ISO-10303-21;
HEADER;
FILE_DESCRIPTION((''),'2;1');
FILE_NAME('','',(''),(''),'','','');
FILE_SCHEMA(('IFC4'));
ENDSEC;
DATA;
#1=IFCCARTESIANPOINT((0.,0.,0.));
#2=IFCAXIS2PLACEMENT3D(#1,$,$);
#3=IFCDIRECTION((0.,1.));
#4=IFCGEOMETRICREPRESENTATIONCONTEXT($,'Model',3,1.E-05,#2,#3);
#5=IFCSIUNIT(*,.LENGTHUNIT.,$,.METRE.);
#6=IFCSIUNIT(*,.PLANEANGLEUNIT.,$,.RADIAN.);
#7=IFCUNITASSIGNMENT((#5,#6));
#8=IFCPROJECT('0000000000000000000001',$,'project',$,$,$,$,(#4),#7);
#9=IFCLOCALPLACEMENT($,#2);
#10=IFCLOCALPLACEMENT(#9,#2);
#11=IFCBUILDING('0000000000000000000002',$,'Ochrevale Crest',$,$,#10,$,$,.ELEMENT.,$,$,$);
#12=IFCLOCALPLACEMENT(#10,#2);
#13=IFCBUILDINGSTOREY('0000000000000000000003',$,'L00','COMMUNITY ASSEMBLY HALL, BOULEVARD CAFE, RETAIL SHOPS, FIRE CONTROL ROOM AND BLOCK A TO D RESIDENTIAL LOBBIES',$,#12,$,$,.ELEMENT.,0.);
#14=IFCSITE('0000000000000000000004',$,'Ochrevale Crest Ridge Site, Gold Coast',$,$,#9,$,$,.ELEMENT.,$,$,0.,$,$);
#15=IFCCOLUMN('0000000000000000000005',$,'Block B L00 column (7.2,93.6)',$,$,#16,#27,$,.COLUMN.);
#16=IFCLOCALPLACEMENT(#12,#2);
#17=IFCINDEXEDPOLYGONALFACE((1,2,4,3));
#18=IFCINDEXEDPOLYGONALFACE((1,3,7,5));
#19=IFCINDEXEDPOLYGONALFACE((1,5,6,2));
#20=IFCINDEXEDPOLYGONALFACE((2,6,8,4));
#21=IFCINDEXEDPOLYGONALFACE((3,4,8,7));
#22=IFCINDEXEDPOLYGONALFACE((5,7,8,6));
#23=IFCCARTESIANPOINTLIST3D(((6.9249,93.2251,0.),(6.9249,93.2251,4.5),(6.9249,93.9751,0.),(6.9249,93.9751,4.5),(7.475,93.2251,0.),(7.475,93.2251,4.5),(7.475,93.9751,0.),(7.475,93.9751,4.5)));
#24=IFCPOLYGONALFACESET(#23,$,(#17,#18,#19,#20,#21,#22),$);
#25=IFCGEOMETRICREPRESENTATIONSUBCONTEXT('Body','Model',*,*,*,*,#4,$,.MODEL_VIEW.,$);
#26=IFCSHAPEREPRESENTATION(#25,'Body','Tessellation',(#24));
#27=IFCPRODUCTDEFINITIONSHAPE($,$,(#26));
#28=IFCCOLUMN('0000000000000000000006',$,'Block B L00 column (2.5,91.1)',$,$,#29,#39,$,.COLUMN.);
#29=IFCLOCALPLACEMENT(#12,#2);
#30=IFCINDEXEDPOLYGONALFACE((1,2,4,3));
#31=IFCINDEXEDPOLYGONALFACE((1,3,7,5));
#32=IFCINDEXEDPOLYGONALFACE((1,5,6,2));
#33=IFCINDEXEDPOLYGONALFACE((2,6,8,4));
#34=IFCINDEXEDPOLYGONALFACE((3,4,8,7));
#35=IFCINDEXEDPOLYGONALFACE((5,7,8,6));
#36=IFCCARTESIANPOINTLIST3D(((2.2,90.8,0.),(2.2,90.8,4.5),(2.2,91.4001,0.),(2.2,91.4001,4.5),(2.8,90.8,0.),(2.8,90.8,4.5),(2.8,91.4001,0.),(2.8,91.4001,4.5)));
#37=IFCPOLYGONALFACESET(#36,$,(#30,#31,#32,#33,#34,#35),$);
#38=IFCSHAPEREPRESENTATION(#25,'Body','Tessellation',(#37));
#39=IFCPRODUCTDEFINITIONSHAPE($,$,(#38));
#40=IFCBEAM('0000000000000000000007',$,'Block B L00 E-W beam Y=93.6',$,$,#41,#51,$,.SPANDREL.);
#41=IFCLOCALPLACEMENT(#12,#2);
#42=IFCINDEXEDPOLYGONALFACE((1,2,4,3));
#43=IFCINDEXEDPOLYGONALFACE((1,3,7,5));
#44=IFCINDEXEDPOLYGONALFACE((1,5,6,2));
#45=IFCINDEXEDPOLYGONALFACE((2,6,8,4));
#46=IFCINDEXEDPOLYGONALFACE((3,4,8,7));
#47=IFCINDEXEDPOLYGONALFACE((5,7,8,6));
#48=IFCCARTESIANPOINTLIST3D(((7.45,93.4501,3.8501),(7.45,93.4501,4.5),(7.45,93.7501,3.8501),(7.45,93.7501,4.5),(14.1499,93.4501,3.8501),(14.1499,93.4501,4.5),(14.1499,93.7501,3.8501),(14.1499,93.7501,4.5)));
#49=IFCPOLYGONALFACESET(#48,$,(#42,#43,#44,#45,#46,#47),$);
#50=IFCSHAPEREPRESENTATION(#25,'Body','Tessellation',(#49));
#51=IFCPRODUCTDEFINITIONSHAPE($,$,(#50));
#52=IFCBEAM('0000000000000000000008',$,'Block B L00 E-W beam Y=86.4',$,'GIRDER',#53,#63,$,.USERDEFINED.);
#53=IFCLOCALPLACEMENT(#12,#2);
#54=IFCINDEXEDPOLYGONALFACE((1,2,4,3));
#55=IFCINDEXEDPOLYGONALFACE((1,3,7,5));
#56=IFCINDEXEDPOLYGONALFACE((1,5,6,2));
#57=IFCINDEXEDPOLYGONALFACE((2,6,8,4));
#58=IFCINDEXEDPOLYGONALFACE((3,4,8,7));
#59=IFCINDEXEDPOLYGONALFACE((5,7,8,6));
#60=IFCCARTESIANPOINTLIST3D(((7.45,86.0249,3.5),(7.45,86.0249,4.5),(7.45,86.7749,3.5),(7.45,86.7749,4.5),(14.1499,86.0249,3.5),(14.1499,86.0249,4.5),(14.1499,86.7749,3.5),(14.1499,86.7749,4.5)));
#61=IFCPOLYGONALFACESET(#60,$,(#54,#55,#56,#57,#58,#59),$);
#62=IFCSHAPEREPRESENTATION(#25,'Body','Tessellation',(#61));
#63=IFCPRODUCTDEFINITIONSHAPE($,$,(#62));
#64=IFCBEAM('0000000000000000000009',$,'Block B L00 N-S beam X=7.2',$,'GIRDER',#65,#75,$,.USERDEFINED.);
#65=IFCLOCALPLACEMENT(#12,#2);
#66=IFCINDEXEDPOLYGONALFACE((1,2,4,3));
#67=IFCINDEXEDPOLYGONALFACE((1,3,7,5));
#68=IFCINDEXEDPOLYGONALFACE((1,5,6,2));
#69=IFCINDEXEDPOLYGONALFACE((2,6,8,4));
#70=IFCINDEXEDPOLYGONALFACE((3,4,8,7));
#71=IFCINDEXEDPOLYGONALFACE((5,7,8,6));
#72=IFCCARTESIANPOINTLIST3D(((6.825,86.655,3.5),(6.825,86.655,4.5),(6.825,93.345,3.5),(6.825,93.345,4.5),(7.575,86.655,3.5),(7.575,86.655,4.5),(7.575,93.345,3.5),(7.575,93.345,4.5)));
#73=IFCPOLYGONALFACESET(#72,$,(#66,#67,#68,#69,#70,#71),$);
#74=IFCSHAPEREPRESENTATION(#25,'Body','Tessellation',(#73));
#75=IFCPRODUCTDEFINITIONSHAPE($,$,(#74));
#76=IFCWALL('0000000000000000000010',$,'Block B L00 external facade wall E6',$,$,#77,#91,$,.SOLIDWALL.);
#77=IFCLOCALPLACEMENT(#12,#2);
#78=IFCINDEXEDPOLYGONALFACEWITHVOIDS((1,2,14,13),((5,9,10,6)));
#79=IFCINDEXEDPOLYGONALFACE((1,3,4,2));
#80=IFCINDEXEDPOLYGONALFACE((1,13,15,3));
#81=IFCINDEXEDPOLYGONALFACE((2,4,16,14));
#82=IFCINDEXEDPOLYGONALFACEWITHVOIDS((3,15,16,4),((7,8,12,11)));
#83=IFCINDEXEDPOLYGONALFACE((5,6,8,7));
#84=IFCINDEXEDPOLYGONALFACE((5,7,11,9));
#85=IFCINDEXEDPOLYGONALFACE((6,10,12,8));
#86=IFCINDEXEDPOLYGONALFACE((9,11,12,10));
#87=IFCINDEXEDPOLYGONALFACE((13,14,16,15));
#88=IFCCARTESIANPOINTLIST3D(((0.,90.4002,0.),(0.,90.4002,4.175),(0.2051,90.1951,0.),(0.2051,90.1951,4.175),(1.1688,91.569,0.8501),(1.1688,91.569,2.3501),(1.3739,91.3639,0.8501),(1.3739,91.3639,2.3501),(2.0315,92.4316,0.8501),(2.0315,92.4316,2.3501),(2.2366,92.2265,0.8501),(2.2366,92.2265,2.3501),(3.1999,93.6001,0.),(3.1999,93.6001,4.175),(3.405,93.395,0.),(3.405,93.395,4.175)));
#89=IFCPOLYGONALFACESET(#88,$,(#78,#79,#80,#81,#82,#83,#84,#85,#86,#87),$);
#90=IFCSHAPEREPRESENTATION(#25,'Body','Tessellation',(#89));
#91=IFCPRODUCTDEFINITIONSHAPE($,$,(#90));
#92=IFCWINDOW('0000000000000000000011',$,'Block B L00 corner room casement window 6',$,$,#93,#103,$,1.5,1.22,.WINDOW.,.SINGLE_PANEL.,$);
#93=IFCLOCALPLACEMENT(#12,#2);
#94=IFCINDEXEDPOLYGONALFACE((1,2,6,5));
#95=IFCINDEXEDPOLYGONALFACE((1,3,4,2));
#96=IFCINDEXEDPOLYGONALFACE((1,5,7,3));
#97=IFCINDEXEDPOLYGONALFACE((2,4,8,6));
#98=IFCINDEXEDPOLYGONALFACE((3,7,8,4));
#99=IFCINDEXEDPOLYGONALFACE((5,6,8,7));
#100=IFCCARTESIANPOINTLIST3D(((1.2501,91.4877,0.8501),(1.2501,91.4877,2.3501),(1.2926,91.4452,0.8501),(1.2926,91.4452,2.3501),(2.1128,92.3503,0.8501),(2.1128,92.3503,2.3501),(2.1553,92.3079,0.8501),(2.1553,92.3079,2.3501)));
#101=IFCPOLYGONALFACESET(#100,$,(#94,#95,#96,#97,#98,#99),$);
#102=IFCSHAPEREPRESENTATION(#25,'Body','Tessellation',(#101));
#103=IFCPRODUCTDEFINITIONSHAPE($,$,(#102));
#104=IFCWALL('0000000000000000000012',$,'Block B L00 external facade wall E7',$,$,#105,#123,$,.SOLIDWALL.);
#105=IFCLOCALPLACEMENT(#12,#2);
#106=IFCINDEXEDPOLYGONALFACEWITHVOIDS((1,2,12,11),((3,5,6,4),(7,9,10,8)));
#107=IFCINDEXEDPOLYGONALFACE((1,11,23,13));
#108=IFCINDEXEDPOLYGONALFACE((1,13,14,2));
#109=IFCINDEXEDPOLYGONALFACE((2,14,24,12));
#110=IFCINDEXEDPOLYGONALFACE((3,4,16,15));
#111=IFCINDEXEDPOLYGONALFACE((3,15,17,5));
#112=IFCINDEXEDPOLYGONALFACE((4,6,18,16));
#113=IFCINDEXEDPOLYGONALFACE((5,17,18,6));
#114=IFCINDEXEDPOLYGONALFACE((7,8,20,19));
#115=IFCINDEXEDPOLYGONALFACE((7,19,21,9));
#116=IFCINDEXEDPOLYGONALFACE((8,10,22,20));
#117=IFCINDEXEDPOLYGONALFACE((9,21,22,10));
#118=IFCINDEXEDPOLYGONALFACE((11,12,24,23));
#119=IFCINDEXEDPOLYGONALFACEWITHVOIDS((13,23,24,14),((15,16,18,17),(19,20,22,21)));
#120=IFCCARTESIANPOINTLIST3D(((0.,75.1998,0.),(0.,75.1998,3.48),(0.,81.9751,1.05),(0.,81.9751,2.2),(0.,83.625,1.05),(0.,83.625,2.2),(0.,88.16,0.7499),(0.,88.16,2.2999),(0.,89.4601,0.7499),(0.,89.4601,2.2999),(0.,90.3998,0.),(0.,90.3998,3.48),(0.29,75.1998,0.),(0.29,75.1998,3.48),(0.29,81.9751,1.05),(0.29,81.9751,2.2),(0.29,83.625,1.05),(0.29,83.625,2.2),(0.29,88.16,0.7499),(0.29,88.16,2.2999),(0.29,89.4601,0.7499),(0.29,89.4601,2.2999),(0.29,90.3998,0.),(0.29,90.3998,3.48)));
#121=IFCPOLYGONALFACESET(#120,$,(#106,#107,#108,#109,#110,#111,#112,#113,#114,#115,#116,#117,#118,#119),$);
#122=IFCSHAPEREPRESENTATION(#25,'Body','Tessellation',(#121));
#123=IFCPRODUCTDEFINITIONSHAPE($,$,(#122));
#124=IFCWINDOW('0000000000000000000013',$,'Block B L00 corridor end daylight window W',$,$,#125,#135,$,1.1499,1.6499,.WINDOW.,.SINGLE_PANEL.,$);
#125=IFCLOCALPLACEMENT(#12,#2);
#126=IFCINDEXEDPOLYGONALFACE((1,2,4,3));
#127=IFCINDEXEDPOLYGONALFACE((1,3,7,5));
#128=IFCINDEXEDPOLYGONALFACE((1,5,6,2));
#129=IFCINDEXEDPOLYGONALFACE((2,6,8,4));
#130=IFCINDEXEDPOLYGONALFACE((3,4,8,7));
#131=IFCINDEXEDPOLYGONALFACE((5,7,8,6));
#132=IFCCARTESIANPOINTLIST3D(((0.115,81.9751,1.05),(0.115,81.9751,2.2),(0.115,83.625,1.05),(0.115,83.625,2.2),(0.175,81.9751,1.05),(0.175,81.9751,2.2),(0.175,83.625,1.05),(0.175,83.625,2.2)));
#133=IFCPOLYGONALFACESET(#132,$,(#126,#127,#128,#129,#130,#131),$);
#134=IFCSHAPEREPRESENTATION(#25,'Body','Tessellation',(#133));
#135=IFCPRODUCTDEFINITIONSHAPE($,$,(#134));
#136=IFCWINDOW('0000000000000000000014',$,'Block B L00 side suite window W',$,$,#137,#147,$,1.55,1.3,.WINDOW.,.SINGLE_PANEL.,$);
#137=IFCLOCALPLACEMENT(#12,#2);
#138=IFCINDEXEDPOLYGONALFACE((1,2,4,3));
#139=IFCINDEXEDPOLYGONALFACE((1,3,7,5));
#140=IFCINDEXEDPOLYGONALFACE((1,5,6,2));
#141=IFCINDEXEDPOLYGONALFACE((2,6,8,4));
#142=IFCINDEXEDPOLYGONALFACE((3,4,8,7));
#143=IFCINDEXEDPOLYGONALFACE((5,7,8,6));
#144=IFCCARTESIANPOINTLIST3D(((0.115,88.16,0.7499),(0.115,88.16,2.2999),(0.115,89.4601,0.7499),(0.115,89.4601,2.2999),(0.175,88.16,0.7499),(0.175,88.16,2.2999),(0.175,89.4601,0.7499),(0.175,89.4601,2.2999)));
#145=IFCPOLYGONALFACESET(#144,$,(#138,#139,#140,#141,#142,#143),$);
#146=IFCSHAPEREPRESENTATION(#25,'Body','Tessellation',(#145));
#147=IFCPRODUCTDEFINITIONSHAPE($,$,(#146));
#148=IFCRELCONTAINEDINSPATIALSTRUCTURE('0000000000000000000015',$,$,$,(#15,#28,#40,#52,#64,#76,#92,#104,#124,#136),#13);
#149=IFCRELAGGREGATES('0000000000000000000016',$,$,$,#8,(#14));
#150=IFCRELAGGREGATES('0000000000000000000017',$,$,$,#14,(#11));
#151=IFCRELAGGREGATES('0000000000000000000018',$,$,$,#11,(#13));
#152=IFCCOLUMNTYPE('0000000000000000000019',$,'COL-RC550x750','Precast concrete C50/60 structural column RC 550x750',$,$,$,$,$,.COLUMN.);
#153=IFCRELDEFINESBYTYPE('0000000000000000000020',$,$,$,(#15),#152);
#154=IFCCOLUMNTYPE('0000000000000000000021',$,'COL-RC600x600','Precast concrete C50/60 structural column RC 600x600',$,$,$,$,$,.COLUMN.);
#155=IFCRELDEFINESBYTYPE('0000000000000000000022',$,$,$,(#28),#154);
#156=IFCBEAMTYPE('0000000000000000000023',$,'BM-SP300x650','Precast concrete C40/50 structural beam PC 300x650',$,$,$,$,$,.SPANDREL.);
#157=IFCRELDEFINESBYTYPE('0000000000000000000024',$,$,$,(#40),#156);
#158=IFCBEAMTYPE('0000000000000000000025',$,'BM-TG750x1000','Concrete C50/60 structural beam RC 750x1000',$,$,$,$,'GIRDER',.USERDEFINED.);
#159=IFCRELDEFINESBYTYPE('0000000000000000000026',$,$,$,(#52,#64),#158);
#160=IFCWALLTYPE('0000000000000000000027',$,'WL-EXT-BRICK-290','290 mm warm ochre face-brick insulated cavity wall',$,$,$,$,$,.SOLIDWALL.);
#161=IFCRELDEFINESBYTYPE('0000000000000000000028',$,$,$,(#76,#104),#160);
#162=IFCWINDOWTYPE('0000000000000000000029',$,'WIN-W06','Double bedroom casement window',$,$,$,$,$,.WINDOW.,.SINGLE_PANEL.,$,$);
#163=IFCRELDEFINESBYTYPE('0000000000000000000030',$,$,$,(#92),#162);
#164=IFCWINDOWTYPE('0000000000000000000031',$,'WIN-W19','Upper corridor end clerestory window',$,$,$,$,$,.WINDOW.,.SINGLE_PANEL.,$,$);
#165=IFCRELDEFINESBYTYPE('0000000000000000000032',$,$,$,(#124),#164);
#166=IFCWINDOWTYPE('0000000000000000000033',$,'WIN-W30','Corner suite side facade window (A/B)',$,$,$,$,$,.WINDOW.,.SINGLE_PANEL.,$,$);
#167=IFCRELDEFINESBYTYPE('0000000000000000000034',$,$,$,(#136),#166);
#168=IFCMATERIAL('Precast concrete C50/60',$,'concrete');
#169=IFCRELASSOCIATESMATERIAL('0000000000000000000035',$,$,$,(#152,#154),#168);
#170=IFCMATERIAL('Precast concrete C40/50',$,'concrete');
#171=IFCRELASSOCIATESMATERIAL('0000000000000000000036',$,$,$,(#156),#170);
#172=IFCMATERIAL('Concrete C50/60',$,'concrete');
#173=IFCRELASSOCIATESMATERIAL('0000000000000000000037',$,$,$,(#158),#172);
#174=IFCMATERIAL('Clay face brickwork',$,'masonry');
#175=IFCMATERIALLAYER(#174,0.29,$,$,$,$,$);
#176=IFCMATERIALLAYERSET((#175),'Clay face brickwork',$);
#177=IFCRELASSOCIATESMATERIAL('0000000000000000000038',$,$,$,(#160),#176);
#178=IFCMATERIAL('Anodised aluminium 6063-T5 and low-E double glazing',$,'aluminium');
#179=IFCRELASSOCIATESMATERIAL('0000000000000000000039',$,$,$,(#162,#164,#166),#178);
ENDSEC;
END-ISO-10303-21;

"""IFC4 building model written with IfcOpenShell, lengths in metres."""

from ifc_helpers import new_model, si_unit, direction, frame, frame_2d, origin, origin_2d, place, context, subcontext, project, spatial, rectangle, extrude, material, layer, layer_set, material_profile, profile_set, type_object, element, fill, save


model = new_model("IFC4")

# Units and contexts
model_context = context("Model", 3, precision=1e-05, world=origin(), true_north=direction((0.0, 1.0)))
body_context = subcontext(model_context, "Body", "Model", "MODEL_VIEW")
ifc_project = project(units=[si_unit("LENGTHUNIT", "METRE"), si_unit("PLANEANGLEUNIT", "RADIAN")], contexts=[model_context])

# Site, building, storey
site_placement = place(None, origin())
site = spatial("IfcSite", under=ifc_project, at=site_placement, Name="Ochrevale Crest Ridge Site, Gold Coast", CompositionType="ELEMENT", RefElevation=0.0)
building_placement = place(site_placement, origin())
building = spatial("IfcBuilding", under=site, at=building_placement, Name="Ochrevale Crest", CompositionType="ELEMENT")
storey_placement = place(building_placement, origin())
storey = spatial("IfcBuildingStorey", under=building, at=storey_placement, Name="L00", Description="COMMUNITY ASSEMBLY HALL, BOULEVARD CAFE, RETAIL SHOPS, FIRE CONTROL ROOM AND BLOCK A TO D RESIDENTIAL LOBBIES", CompositionType="ELEMENT", Elevation=0.0)

# Columns
ifc_material_1 = material(Name="Precast concrete C50/60", Category="concrete")
ifc_material_profile_1 = material_profile(ifc_material_1, rectangle(XDim=0.55, YDim=0.75, at=origin_2d()), Name="RC 550x750")
ifc_profile_set_1 = profile_set([ifc_material_profile_1], Name="Precast concrete C50/60")
column_type_1 = type_object("IfcColumnType", Name="COL-RC550x750", Description="Precast concrete C50/60 structural column RC 550x750", PredefinedType="COLUMN", material=ifc_profile_set_1)
column_1_placement = place(storey_placement, frame((7.2, 93.6001, 0.0), z_axis=(0.0, 0.0, 1.0), x_axis=(1.0, 0.0, 0.0)))
element("IfcColumn", 1, at=column_1_placement, inside=storey, type_object=column_type_1, Name="Block B L00 column (7.2,93.6)", PredefinedType="COLUMN", context=body_context, shape_type="SweptSolid", body=[
    extrude(rectangle(XDim=0.55, YDim=0.75, at=origin_2d()), origin(), (0.0, 0.0, 1.0), 4.5),
])
ifc_material_profile_2 = material_profile(ifc_material_1, rectangle(XDim=0.6001, YDim=0.6001, at=origin_2d()), Name="RC 600x600")
ifc_profile_set_2 = profile_set([ifc_material_profile_2], Name="Precast concrete C50/60")
column_type_2 = type_object("IfcColumnType", Name="COL-RC600x600", Description="Precast concrete C50/60 structural column RC 600x600", PredefinedType="COLUMN", material=ifc_profile_set_2)
column_2_placement = place(storey_placement, frame((2.5, 91.1001, 0.0), z_axis=(0.0, 0.0, 1.0), x_axis=(1.0, 0.0, 0.0)))
element("IfcColumn", 2, at=column_2_placement, inside=storey, type_object=column_type_2, Name="Block B L00 column (2.5,91.1)", PredefinedType="COLUMN", context=body_context, shape_type="SweptSolid", body=[
    extrude(rectangle(XDim=0.6001, YDim=0.6001, at=origin_2d()), origin(), (0.0, 0.0, 1.0), 4.5),
])

# Beams
ifc_material_2 = material(Name="Precast concrete C40/50", Category="concrete")
ifc_material_profile_3 = material_profile(ifc_material_2, rectangle(XDim=0.3, YDim=0.6499, at=origin_2d()), Name="PC 300x650")
ifc_profile_set_3 = profile_set([ifc_material_profile_3], Name="Precast concrete C40/50")
beam_type_1 = type_object("IfcBeamType", Name="BM-SP300x650", Description="Precast concrete C40/50 structural beam PC 300x650", PredefinedType="SPANDREL", material=ifc_profile_set_3)
beam_1_placement = place(storey_placement, frame((7.45, 93.6001, 4.175), z_axis=(1.0, 0.0, 0.0), x_axis=(0.0, 1.0, 0.0)))
element("IfcBeam", 3, at=beam_1_placement, inside=storey, type_object=beam_type_1, Name="Block B L00 E-W beam Y=93.6", PredefinedType="SPANDREL", context=body_context, shape_type="SweptSolid", body=[
    extrude(rectangle(XDim=0.3, YDim=0.6499, at=origin_2d()), origin(), (0.0, 0.0, 1.0), 6.7),
])
ifc_material_3 = material(Name="Concrete C50/60", Category="concrete")
ifc_material_profile_4 = material_profile(ifc_material_3, rectangle(XDim=0.75, YDim=1.0, at=origin_2d()), Name="RC 750x1000")
ifc_profile_set_4 = profile_set([ifc_material_profile_4], Name="Concrete C50/60")
beam_type_2 = type_object("IfcBeamType", Name="BM-TG750x1000", Description="Concrete C50/60 structural beam RC 750x1000", ElementType="GIRDER", PredefinedType="USERDEFINED", material=ifc_profile_set_4)
beam_2_placement = place(storey_placement, frame((7.45, 86.3999, 4.0), z_axis=(1.0, 0.0, 0.0), x_axis=(0.0, 1.0, 0.0)))
element("IfcBeam", 4, at=beam_2_placement, inside=storey, type_object=beam_type_2, Name="Block B L00 E-W beam Y=86.4", ObjectType="GIRDER", PredefinedType="USERDEFINED", context=body_context, shape_type="SweptSolid", body=[
    extrude(rectangle(XDim=0.75, YDim=1.0, at=origin_2d()), origin(), (0.0, 0.0, 1.0), 6.7),
])
beam_3_placement = place(storey_placement, frame((7.2, 86.655, 4.0), z_axis=(0.0, 1.0, 0.0), x_axis=(-1.0, 0.0, 0.0)))
element("IfcBeam", 5, at=beam_3_placement, inside=storey, type_object=beam_type_2, Name="Block B L00 N-S beam X=7.2", ObjectType="GIRDER", PredefinedType="USERDEFINED", context=body_context, shape_type="SweptSolid", body=[
    extrude(rectangle(XDim=0.75, YDim=1.0, at=origin_2d()), origin(), (0.0, 0.0, 1.0), 6.6899),
])

# Wall, opening, window
ifc_material_4 = material(Name="Clay face brickwork", Category="masonry")
ifc_layer_1 = layer(ifc_material_4, 0.29)
ifc_layer_set_1 = layer_set([ifc_layer_1], Name="Clay face brickwork")
wall_type_1 = type_object("IfcWallType", Name="WL-EXT-BRICK-290", Description="290 mm warm ochre face-brick insulated cavity wall", PredefinedType="SOLIDWALL", material=ifc_layer_set_1)
wall_1_placement = place(storey_placement, frame((3.3025, 93.4976, 0.0), z_axis=(0.0, 0.0, 1.0), x_axis=(-0.707107, -0.707107, 0.0)))
wall_1 = element("IfcWall", 6, at=wall_1_placement, inside=storey, type_object=wall_type_1, Name="Block B L00 external facade wall E6", PredefinedType="SOLIDWALL", context=body_context, shape_type="SweptSolid", body=[
    extrude(rectangle(XDim=4.5254, YDim=0.29, at=frame_2d((2.2627, 0.0))), origin(), (0.0, 0.0, 1.0), 4.175),
])
opening_1_placement = place(wall_1_placement, frame((1.6526, 0.0, 0.8501)))
opening_1 = element("IfcOpeningElement", 7, at=opening_1_placement, cuts=wall_1, PredefinedType="OPENING", context=body_context, shape_type="SweptSolid", body=[
    extrude(rectangle(XDim=1.22, YDim=1.5, at=frame_2d((0.6099, 0.75))), frame((0.0, 0.155, 0.0), z_axis=(0.0, -1.0, 0.0), x_axis=(1.0, 0.0, 0.0)), (0.0, 0.0, 1.0), 0.3101),
])
ifc_material_5 = material(Name="Anodised aluminium 6063-T5 and low-E double glazing", Category="aluminium")
window_type_1 = type_object("IfcWindowType", Name="WIN-W06", Description="Double bedroom casement window", PartitioningType="SINGLE_PANEL", PredefinedType="WINDOW", material=ifc_material_5)
window_1_placement = place(opening_1_placement, origin())
window_1 = element("IfcWindow", 8, at=window_1_placement, inside=storey, type_object=window_type_1, Name="Block B L00 corner room casement window 6", OverallHeight=1.5, OverallWidth=1.22, PartitioningType="SINGLE_PANEL", PredefinedType="WINDOW", context=body_context, shape_type="SweptSolid", body=[
    extrude(rectangle(XDim=1.22, YDim=1.5, at=frame_2d((0.6099, 0.75))), frame((0.0, 0.03, 0.0), z_axis=(0.0, -1.0, 0.0), x_axis=(1.0, 0.0, 0.0)), (0.0, 0.0, 1.0), 0.0601),
])
fill(opening_1, window_1)

# Wall, openings, windows
wall_2_placement = place(storey_placement, frame((0.145, 90.3999, 0.0), z_axis=(0.0, 0.0, 1.0), x_axis=(0.0, -1.0, 0.0)))
wall_2 = element("IfcWall", 9, at=wall_2_placement, inside=storey, type_object=wall_type_1, Name="Block B L00 external facade wall E7", PredefinedType="SOLIDWALL", context=body_context, shape_type="SweptSolid", body=[
    extrude(rectangle(XDim=15.2, YDim=0.29, at=frame_2d((7.6001, 0.0))), origin(), (0.0, 0.0, 1.0), 3.48),
])
opening_2_placement = place(wall_2_placement, frame((6.7749, 0.0, 1.05)))
opening_2 = element("IfcOpeningElement", 10, at=opening_2_placement, cuts=wall_2, PredefinedType="OPENING", context=body_context, shape_type="SweptSolid", body=[
    extrude(rectangle(XDim=1.6499, YDim=1.1499, at=frame_2d((0.825, 0.575))), frame((0.0, 0.155, 0.0), z_axis=(0.0, -1.0, 0.0), x_axis=(1.0, 0.0, 0.0)), (0.0, 0.0, 1.0), 0.3101),
])
opening_3_placement = place(wall_2_placement, frame((0.9399, 0.0, 0.75)))
opening_3 = element("IfcOpeningElement", 11, at=opening_3_placement, cuts=wall_2, PredefinedType="OPENING", context=body_context, shape_type="SweptSolid", body=[
    extrude(rectangle(XDim=1.3, YDim=1.55, at=frame_2d((0.6499, 0.7749))), frame((0.0, 0.155, 0.0), z_axis=(0.0, -1.0, 0.0), x_axis=(1.0, 0.0, 0.0)), (0.0, 0.0, 1.0), 0.3101),
])
window_type_2 = type_object("IfcWindowType", Name="WIN-W19", Description="Upper corridor end clerestory window", PartitioningType="SINGLE_PANEL", PredefinedType="WINDOW", material=ifc_material_5)
window_2_placement = place(opening_2_placement, origin())
window_2 = element("IfcWindow", 12, at=window_2_placement, inside=storey, type_object=window_type_2, Name="Block B L00 corridor end daylight window W", OverallHeight=1.1499, OverallWidth=1.6499, PartitioningType="SINGLE_PANEL", PredefinedType="WINDOW", context=body_context, shape_type="SweptSolid", body=[
    extrude(rectangle(XDim=1.6499, YDim=1.1499, at=frame_2d((0.825, 0.575))), frame((0.0, 0.03, 0.0), z_axis=(0.0, -1.0, 0.0), x_axis=(1.0, 0.0, 0.0)), (0.0, 0.0, 1.0), 0.0601),
])
fill(opening_2, window_2)
window_type_3 = type_object("IfcWindowType", Name="WIN-W30", Description="Corner suite side facade window (A/B)", PartitioningType="SINGLE_PANEL", PredefinedType="WINDOW", material=ifc_material_5)
window_3_placement = place(opening_3_placement, origin())
window_3 = element("IfcWindow", 13, at=window_3_placement, inside=storey, type_object=window_type_3, Name="Block B L00 side suite window W", OverallHeight=1.55, OverallWidth=1.3, PartitioningType="SINGLE_PANEL", PredefinedType="WINDOW", context=body_context, shape_type="SweptSolid", body=[
    extrude(rectangle(XDim=1.3, YDim=1.55, at=frame_2d((0.6499, 0.7749))), frame((0.0, 0.03, 0.0), z_axis=(0.0, -1.0, 0.0), x_axis=(1.0, 0.0, 0.0)), (0.0, 0.0, 1.0), 0.0601),
])
fill(opening_3, window_3)

save(model, "model.ifc")
